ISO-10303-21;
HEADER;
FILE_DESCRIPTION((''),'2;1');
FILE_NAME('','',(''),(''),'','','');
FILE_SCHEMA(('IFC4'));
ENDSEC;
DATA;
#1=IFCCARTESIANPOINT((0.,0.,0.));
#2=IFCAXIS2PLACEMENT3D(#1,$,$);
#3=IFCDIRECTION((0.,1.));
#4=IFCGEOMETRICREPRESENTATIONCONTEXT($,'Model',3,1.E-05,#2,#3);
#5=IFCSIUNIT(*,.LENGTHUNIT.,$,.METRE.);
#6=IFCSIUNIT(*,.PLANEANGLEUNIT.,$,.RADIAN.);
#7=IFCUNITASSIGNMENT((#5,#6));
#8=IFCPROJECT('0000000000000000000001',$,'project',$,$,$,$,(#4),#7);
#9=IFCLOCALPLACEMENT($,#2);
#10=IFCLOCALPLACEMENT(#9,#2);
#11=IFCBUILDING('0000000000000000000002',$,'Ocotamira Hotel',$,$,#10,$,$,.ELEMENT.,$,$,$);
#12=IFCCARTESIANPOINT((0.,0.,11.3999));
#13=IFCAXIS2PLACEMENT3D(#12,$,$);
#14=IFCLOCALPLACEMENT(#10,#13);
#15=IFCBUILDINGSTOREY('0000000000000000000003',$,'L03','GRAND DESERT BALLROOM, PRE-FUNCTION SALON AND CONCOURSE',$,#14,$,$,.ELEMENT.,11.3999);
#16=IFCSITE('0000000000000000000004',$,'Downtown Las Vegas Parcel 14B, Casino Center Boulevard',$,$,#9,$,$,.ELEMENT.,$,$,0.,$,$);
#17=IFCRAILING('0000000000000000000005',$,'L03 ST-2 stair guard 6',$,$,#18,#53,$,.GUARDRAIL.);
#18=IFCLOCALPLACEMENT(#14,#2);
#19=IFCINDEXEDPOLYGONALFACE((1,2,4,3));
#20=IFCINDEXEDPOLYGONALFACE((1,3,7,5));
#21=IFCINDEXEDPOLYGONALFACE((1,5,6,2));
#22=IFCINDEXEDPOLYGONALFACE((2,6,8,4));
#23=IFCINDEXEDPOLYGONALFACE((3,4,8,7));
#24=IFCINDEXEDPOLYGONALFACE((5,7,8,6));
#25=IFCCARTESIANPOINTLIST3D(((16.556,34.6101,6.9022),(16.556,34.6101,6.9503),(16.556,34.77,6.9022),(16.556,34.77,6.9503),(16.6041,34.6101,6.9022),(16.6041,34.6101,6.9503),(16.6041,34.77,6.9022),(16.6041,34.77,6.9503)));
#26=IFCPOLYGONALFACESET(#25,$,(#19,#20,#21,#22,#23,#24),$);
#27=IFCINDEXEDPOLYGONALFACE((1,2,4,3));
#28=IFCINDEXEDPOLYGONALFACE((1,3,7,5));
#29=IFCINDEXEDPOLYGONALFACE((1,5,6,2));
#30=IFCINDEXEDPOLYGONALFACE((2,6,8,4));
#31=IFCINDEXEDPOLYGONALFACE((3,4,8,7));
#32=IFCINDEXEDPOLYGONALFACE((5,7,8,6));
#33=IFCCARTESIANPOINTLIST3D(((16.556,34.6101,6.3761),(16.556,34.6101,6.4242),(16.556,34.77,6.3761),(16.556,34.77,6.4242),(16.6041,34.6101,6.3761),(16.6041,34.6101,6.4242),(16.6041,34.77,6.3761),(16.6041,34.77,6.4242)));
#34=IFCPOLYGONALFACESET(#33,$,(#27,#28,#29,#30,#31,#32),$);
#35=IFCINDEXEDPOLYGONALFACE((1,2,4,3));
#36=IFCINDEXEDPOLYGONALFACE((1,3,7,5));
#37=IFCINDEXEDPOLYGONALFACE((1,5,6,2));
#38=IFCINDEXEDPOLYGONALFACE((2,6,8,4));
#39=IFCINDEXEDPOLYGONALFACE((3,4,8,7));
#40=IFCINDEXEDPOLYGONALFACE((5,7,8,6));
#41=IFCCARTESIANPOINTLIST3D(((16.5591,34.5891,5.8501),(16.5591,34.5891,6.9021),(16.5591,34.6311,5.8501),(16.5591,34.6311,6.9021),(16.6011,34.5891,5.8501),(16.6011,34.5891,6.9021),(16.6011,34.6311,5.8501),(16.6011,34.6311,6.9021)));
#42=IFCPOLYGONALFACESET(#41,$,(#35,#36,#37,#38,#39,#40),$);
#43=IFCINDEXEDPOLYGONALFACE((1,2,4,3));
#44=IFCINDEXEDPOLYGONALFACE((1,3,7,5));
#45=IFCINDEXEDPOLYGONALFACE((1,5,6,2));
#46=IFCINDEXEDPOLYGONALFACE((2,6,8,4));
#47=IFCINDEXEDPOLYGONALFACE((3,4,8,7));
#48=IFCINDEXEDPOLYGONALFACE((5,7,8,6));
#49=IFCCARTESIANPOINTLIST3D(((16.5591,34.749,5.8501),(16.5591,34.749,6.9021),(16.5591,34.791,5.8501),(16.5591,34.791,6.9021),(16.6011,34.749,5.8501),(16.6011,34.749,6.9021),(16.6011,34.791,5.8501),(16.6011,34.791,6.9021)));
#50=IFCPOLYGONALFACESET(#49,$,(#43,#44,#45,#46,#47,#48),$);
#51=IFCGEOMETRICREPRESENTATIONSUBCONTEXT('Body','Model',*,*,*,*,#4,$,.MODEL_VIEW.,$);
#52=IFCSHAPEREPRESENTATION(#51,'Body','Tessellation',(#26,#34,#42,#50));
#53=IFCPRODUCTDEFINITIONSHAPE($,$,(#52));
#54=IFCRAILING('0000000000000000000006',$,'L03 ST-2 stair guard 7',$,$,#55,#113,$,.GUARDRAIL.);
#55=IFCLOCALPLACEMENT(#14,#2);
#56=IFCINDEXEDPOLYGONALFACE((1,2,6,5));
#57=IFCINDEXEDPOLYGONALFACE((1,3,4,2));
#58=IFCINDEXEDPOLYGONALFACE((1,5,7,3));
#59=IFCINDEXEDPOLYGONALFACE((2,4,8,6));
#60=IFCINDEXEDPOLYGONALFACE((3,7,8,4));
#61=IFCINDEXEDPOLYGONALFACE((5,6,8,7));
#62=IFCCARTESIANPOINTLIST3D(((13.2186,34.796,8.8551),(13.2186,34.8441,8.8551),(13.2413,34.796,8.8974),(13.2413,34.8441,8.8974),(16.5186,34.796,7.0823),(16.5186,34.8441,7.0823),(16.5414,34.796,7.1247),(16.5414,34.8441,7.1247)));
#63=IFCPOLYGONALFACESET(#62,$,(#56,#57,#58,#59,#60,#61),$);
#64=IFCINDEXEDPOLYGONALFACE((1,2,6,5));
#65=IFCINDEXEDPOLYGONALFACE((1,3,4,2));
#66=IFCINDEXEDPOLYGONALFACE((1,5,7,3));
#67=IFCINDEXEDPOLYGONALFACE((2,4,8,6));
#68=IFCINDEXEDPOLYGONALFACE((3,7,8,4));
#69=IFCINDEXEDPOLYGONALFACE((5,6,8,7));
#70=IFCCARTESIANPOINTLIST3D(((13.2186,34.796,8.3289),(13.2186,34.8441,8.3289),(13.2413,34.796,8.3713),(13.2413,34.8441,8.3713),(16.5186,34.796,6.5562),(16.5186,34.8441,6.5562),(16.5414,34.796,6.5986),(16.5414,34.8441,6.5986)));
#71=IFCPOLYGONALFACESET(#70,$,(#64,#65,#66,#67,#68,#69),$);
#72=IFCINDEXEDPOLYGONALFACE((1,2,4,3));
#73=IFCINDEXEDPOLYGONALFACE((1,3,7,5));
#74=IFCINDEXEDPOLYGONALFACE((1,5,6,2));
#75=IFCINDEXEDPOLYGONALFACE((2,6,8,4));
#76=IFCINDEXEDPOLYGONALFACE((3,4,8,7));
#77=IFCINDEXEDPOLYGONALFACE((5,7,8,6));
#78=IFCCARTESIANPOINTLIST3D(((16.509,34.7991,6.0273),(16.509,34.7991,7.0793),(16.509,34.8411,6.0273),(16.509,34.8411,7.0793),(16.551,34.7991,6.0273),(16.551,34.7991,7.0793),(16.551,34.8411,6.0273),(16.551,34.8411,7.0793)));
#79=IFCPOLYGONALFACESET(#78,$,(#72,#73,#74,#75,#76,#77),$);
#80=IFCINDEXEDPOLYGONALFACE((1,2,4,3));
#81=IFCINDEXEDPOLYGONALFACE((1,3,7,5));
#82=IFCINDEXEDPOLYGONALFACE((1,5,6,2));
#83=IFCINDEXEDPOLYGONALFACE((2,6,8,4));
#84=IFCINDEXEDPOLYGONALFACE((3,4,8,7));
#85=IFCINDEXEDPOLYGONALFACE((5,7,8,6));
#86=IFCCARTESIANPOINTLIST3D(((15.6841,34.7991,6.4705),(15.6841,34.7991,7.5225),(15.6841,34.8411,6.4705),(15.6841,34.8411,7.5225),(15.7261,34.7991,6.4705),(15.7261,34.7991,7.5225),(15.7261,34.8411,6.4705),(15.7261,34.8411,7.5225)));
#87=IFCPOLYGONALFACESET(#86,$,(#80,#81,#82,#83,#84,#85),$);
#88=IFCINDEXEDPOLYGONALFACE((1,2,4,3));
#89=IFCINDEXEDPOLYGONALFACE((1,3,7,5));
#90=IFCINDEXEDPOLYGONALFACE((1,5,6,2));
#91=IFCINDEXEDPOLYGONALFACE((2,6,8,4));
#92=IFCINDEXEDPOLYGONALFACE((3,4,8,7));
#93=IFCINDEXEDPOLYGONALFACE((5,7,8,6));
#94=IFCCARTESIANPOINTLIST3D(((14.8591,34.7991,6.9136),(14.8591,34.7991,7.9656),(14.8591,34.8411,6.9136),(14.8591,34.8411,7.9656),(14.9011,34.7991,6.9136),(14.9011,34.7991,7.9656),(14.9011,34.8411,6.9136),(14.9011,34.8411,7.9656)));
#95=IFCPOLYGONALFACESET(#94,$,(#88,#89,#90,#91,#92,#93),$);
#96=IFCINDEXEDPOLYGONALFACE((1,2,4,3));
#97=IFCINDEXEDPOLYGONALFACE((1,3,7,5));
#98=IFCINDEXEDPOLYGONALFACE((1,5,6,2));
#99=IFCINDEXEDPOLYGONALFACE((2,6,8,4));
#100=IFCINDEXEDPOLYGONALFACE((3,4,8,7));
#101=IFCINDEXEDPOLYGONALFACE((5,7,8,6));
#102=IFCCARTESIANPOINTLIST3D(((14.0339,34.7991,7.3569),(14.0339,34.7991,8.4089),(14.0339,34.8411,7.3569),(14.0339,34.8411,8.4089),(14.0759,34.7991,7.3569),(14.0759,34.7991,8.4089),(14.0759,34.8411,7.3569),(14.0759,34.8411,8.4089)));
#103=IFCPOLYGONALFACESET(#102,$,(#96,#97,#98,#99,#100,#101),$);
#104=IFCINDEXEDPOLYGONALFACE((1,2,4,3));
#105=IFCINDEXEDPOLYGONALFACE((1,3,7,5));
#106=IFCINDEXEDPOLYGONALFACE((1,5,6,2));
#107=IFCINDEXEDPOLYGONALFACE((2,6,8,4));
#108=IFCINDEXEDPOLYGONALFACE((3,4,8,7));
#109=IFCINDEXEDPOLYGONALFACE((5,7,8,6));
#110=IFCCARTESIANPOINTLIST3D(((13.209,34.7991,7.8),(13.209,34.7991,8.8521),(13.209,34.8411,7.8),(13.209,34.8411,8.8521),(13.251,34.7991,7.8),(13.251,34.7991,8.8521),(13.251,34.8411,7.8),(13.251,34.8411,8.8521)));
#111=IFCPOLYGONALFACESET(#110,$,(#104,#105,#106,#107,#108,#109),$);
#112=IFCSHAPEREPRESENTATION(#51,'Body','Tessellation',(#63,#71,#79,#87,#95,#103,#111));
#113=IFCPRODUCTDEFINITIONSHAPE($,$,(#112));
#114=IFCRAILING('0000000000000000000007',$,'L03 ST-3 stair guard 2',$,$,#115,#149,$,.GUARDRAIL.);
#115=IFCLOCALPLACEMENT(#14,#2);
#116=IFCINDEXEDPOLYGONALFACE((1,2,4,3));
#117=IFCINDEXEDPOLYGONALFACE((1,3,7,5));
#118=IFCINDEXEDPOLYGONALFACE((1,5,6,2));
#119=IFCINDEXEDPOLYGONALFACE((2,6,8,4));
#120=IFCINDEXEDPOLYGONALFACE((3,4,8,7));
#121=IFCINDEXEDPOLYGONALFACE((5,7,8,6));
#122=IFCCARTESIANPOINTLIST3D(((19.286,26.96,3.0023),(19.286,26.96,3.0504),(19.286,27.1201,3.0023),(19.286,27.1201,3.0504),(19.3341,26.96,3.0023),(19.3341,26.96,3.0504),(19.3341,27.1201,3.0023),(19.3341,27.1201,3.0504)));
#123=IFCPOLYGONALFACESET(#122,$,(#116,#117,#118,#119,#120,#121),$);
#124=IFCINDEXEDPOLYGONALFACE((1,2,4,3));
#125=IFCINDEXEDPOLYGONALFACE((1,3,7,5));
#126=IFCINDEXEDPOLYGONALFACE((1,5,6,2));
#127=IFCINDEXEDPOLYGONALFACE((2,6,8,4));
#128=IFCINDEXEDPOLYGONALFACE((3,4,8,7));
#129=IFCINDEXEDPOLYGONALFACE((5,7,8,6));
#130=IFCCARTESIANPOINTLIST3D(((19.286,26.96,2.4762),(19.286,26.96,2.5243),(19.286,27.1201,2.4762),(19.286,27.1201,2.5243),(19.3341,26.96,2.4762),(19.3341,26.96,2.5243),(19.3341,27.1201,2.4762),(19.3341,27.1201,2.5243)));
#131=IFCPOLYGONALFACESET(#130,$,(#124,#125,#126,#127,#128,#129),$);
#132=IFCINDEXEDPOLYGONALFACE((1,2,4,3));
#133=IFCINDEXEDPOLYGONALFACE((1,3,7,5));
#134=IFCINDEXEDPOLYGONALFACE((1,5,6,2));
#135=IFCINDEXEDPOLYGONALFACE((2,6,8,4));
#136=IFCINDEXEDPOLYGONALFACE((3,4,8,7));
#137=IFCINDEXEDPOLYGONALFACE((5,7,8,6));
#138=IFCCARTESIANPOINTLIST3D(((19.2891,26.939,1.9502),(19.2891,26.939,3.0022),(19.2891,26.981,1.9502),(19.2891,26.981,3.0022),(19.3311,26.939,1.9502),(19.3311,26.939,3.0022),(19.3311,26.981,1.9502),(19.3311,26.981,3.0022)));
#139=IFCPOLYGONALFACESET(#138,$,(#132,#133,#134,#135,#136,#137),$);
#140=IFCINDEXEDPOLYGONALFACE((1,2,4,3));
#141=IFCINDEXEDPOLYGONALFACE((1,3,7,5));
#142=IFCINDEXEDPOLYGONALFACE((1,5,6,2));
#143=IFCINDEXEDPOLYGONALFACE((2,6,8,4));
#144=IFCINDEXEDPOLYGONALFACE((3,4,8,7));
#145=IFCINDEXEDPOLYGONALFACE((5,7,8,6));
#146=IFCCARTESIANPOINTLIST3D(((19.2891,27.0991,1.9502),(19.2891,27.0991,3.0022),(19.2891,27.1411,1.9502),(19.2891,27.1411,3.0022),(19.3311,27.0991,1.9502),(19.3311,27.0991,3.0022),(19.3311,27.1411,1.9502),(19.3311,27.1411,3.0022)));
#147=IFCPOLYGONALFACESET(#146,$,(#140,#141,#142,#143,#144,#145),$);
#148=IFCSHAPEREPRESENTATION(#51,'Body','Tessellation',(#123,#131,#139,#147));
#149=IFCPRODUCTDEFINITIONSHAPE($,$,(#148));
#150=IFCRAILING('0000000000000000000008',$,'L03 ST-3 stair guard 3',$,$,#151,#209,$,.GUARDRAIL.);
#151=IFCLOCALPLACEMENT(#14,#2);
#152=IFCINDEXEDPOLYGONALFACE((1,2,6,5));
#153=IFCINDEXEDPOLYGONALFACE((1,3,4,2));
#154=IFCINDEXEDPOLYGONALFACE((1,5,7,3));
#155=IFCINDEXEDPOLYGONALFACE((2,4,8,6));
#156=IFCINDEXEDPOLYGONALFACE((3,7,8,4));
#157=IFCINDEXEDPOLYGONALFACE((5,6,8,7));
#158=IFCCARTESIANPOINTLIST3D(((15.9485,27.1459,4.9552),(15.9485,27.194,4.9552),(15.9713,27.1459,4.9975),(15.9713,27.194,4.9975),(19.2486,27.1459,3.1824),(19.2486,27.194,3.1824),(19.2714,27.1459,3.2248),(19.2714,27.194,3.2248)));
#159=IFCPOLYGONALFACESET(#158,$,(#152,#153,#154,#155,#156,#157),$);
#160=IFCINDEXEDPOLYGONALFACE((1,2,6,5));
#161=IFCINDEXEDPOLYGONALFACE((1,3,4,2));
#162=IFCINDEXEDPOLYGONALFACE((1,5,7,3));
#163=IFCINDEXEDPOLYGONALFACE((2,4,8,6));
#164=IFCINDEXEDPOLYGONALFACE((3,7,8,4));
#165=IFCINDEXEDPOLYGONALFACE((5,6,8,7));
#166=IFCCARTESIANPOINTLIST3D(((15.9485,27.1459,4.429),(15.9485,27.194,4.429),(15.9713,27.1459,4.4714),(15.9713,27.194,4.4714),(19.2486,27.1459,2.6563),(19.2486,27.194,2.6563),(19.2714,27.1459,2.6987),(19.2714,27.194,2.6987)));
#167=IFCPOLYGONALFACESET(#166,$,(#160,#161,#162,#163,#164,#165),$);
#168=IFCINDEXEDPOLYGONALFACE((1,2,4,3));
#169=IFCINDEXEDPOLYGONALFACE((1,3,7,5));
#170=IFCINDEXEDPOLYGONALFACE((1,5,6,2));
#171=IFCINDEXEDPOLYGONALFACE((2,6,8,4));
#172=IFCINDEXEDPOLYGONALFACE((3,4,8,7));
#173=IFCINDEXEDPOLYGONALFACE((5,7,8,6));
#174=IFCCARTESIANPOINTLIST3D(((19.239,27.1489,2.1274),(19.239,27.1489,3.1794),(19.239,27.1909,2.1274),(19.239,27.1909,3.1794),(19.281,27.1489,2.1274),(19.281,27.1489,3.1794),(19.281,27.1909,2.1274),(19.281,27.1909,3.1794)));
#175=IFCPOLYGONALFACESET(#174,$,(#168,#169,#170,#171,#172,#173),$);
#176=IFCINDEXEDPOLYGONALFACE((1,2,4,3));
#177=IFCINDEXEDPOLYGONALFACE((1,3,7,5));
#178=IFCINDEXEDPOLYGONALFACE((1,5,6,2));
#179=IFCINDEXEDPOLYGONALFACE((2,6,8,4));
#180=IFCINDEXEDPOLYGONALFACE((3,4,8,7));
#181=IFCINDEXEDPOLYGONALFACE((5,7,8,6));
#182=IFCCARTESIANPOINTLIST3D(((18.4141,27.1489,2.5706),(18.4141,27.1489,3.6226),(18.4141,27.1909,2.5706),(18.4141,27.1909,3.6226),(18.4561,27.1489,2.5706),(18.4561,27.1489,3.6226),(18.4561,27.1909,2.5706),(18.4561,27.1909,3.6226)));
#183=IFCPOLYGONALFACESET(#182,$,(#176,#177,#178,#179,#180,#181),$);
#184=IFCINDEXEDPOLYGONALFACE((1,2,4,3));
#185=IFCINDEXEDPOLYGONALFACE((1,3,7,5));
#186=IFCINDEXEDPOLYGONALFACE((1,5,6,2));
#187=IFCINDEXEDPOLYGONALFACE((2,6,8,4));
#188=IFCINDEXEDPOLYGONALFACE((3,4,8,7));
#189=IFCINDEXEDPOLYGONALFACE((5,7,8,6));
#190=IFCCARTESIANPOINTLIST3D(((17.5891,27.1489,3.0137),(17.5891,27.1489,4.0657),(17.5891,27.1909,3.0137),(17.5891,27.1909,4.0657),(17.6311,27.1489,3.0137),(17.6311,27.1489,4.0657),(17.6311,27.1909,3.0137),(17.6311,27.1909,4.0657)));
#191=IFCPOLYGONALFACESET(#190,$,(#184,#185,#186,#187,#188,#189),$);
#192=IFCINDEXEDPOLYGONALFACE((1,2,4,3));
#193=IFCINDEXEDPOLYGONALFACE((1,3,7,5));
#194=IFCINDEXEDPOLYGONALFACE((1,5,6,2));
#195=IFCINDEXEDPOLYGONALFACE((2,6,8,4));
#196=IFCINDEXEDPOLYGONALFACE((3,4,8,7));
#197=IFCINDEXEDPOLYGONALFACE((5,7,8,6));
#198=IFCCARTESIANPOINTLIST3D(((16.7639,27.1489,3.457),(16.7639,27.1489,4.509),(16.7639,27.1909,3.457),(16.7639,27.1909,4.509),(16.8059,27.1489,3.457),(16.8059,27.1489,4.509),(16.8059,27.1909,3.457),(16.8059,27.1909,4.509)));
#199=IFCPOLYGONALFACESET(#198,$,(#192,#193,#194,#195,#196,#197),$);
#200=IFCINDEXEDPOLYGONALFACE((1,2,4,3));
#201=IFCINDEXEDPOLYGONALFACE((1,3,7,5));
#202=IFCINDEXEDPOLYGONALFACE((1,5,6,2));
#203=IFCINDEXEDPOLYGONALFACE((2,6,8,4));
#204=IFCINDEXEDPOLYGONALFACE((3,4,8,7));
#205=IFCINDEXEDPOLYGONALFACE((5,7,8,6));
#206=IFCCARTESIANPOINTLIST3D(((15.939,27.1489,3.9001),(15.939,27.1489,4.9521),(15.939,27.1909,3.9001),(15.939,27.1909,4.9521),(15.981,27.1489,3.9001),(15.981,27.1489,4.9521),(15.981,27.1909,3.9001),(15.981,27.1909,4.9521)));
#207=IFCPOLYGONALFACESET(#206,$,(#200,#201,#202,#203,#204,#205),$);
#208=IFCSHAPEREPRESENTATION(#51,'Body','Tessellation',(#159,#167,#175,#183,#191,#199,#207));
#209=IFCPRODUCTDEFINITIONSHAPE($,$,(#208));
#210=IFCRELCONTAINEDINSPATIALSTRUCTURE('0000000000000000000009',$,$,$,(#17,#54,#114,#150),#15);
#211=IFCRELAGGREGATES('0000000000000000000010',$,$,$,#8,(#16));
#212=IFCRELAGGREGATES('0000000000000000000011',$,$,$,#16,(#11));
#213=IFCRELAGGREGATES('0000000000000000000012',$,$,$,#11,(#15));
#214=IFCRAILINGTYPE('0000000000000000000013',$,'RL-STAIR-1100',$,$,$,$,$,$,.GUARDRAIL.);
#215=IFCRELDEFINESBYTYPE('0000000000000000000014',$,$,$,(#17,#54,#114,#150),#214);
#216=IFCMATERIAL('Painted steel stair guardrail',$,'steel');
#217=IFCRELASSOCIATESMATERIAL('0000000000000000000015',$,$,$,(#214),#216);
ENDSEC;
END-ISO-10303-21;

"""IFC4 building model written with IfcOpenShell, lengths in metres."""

from ifc_helpers import new_model, si_unit, direction, frame, origin, origin_2d, place, context, subcontext, project, spatial, rectangle, extrude, material, type_object, element, save


model = new_model("IFC4")

# Units and contexts
model_context = context("Model", 3, precision=1e-05, world=origin(), true_north=direction((0.0, 1.0)))
body_context = subcontext(model_context, "Body", "Model", "MODEL_VIEW")
ifc_project = project(units=[si_unit("LENGTHUNIT", "METRE"), si_unit("PLANEANGLEUNIT", "RADIAN")], contexts=[model_context])

# Site, building, storey
site_placement = place(None, origin())
site = spatial("IfcSite", under=ifc_project, at=site_placement, Name="Downtown Las Vegas Parcel 14B, Casino Center Boulevard", CompositionType="ELEMENT", RefElevation=0.0)
building_placement = place(site_placement, origin())
building = spatial("IfcBuilding", under=site, at=building_placement, Name="Ocotamira Hotel", CompositionType="ELEMENT")
storey_placement = place(building_placement, frame((0.0, 0.0, 11.3999)))
storey = spatial("IfcBuildingStorey", under=building, at=storey_placement, Name="L03", Description="GRAND DESERT BALLROOM, PRE-FUNCTION SALON AND CONCOURSE", CompositionType="ELEMENT", Elevation=11.3999)

# Railings
ifc_material_1 = material(Name="Painted steel stair guardrail", Category="steel")
railing_type_1 = type_object("IfcRailingType", Name="RL-STAIR-1100", PredefinedType="GUARDRAIL", material=ifc_material_1)
railing_1_placement = place(storey_placement, frame((16.5801, 34.6101, 5.8501)))
element("IfcRailing", 1, at=railing_1_placement, inside=storey, type_object=railing_type_1, Name="L03 ST-2 stair guard 6", PredefinedType="GUARDRAIL", context=body_context, shape_type="SweptSolid", body=[
    extrude(rectangle(XDim=0.0481, YDim=0.0481, at=origin_2d()), frame((0.0, 0.0, 1.0762), z_axis=(0.0, 1.0, 0.0), x_axis=(-1.0, 0.0, 0.0)), (0.0, 0.0, 1.0), 0.1599),
    extrude(rectangle(XDim=0.0481, YDim=0.0481, at=origin_2d()), frame((0.0, 0.0, 0.55), z_axis=(0.0, 1.0, 0.0), x_axis=(-1.0, 0.0, 0.0)), (0.0, 0.0, 1.0), 0.1599),
    extrude(rectangle(XDim=0.042, YDim=0.042, at=origin_2d()), origin(), (0.0, 0.0, 1.0), 1.052),
    extrude(rectangle(XDim=0.042, YDim=0.042, at=origin_2d()), frame((0.0, 0.1599, 0.0)), (0.0, 0.0, 1.0), 1.052),
])
railing_2_placement = place(storey_placement, frame((16.53, 34.8201, 6.0273)))
element("IfcRailing", 2, at=railing_2_placement, inside=storey, type_object=railing_type_1, Name="L03 ST-2 stair guard 7", PredefinedType="GUARDRAIL", context=body_context, shape_type="SweptSolid", body=[
    extrude(rectangle(XDim=0.0481, YDim=0.0481, at=origin_2d()), frame((0.0, 0.0, 1.0762), z_axis=(-0.880944, 0.0, 0.473221), x_axis=(0.0, -1.0, 0.0)), (0.0, 0.0, 1.0), 3.7461),
    extrude(rectangle(XDim=0.0481, YDim=0.0481, at=origin_2d()), frame((0.0, 0.0, 0.55), z_axis=(-0.880944, 0.0, 0.473221), x_axis=(0.0, -1.0, 0.0)), (0.0, 0.0, 1.0), 3.7461),
    extrude(rectangle(XDim=0.042, YDim=0.042, at=origin_2d()), origin(), (0.0, 0.0, 1.0), 1.052),
    extrude(rectangle(XDim=0.042, YDim=0.042, at=origin_2d()), frame((-0.825, 0.0, 0.4431)), (0.0, 0.0, 1.0), 1.052),
    extrude(rectangle(XDim=0.042, YDim=0.042, at=origin_2d()), frame((-1.6499, 0.0, 0.8862)), (0.0, 0.0, 1.0), 1.052),
    extrude(rectangle(XDim=0.042, YDim=0.042, at=origin_2d()), frame((-2.4751, 0.0, 1.3296)), (0.0, 0.0, 1.0), 1.052),
    extrude(rectangle(XDim=0.042, YDim=0.042, at=origin_2d()), frame((-3.3, 0.0, 1.7727)), (0.0, 0.0, 1.0), 1.052),
])
railing_3_placement = place(storey_placement, frame((19.3101, 26.96, 1.9502)))
element("IfcRailing", 3, at=railing_3_placement, inside=storey, type_object=railing_type_1, Name="L03 ST-3 stair guard 2", PredefinedType="GUARDRAIL", context=body_context, shape_type="SweptSolid", body=[
    extrude(rectangle(XDim=0.0481, YDim=0.0481, at=origin_2d()), frame((0.0, 0.0, 1.0762), z_axis=(0.0, 1.0, 0.0), x_axis=(-1.0, 0.0, 0.0)), (0.0, 0.0, 1.0), 0.1602),
    extrude(rectangle(XDim=0.0481, YDim=0.0481, at=origin_2d()), frame((0.0, 0.0, 0.55), z_axis=(0.0, 1.0, 0.0), x_axis=(-1.0, 0.0, 0.0)), (0.0, 0.0, 1.0), 0.1602),
    extrude(rectangle(XDim=0.042, YDim=0.042, at=origin_2d()), origin(), (0.0, 0.0, 1.0), 1.052),
    extrude(rectangle(XDim=0.042, YDim=0.042, at=origin_2d()), frame((0.0, 0.1602, 0.0)), (0.0, 0.0, 1.0), 1.052),
])
railing_4_placement = place(storey_placement, frame((19.26, 27.1699, 2.1274)))
element("IfcRailing", 4, at=railing_4_placement, inside=storey, type_object=railing_type_1, Name="L03 ST-3 stair guard 3", PredefinedType="GUARDRAIL", context=body_context, shape_type="SweptSolid", body=[
    extrude(rectangle(XDim=0.0481, YDim=0.0481, at=origin_2d()), frame((0.0, 0.0, 1.0762), z_axis=(-0.880944, 0.0, 0.473221), x_axis=(0.0, -1.0, 0.0)), (0.0, 0.0, 1.0), 3.7461),
    extrude(rectangle(XDim=0.0481, YDim=0.0481, at=origin_2d()), frame((0.0, 0.0, 0.55), z_axis=(-0.880944, 0.0, 0.473221), x_axis=(0.0, -1.0, 0.0)), (0.0, 0.0, 1.0), 3.7461),
    extrude(rectangle(XDim=0.042, YDim=0.042, at=origin_2d()), origin(), (0.0, 0.0, 1.0), 1.052),
    extrude(rectangle(XDim=0.042, YDim=0.042, at=origin_2d()), frame((-0.825, 0.0, 0.4431)), (0.0, 0.0, 1.0), 1.052),
    extrude(rectangle(XDim=0.042, YDim=0.042, at=origin_2d()), frame((-1.6499, 0.0, 0.8862)), (0.0, 0.0, 1.0), 1.052),
    extrude(rectangle(XDim=0.042, YDim=0.042, at=origin_2d()), frame((-2.4751, 0.0, 1.3296)), (0.0, 0.0, 1.0), 1.052),
    extrude(rectangle(XDim=0.042, YDim=0.042, at=origin_2d()), frame((-3.3, 0.0, 1.7727)), (0.0, 0.0, 1.0), 1.052),
])

save(model, "model.ifc")
